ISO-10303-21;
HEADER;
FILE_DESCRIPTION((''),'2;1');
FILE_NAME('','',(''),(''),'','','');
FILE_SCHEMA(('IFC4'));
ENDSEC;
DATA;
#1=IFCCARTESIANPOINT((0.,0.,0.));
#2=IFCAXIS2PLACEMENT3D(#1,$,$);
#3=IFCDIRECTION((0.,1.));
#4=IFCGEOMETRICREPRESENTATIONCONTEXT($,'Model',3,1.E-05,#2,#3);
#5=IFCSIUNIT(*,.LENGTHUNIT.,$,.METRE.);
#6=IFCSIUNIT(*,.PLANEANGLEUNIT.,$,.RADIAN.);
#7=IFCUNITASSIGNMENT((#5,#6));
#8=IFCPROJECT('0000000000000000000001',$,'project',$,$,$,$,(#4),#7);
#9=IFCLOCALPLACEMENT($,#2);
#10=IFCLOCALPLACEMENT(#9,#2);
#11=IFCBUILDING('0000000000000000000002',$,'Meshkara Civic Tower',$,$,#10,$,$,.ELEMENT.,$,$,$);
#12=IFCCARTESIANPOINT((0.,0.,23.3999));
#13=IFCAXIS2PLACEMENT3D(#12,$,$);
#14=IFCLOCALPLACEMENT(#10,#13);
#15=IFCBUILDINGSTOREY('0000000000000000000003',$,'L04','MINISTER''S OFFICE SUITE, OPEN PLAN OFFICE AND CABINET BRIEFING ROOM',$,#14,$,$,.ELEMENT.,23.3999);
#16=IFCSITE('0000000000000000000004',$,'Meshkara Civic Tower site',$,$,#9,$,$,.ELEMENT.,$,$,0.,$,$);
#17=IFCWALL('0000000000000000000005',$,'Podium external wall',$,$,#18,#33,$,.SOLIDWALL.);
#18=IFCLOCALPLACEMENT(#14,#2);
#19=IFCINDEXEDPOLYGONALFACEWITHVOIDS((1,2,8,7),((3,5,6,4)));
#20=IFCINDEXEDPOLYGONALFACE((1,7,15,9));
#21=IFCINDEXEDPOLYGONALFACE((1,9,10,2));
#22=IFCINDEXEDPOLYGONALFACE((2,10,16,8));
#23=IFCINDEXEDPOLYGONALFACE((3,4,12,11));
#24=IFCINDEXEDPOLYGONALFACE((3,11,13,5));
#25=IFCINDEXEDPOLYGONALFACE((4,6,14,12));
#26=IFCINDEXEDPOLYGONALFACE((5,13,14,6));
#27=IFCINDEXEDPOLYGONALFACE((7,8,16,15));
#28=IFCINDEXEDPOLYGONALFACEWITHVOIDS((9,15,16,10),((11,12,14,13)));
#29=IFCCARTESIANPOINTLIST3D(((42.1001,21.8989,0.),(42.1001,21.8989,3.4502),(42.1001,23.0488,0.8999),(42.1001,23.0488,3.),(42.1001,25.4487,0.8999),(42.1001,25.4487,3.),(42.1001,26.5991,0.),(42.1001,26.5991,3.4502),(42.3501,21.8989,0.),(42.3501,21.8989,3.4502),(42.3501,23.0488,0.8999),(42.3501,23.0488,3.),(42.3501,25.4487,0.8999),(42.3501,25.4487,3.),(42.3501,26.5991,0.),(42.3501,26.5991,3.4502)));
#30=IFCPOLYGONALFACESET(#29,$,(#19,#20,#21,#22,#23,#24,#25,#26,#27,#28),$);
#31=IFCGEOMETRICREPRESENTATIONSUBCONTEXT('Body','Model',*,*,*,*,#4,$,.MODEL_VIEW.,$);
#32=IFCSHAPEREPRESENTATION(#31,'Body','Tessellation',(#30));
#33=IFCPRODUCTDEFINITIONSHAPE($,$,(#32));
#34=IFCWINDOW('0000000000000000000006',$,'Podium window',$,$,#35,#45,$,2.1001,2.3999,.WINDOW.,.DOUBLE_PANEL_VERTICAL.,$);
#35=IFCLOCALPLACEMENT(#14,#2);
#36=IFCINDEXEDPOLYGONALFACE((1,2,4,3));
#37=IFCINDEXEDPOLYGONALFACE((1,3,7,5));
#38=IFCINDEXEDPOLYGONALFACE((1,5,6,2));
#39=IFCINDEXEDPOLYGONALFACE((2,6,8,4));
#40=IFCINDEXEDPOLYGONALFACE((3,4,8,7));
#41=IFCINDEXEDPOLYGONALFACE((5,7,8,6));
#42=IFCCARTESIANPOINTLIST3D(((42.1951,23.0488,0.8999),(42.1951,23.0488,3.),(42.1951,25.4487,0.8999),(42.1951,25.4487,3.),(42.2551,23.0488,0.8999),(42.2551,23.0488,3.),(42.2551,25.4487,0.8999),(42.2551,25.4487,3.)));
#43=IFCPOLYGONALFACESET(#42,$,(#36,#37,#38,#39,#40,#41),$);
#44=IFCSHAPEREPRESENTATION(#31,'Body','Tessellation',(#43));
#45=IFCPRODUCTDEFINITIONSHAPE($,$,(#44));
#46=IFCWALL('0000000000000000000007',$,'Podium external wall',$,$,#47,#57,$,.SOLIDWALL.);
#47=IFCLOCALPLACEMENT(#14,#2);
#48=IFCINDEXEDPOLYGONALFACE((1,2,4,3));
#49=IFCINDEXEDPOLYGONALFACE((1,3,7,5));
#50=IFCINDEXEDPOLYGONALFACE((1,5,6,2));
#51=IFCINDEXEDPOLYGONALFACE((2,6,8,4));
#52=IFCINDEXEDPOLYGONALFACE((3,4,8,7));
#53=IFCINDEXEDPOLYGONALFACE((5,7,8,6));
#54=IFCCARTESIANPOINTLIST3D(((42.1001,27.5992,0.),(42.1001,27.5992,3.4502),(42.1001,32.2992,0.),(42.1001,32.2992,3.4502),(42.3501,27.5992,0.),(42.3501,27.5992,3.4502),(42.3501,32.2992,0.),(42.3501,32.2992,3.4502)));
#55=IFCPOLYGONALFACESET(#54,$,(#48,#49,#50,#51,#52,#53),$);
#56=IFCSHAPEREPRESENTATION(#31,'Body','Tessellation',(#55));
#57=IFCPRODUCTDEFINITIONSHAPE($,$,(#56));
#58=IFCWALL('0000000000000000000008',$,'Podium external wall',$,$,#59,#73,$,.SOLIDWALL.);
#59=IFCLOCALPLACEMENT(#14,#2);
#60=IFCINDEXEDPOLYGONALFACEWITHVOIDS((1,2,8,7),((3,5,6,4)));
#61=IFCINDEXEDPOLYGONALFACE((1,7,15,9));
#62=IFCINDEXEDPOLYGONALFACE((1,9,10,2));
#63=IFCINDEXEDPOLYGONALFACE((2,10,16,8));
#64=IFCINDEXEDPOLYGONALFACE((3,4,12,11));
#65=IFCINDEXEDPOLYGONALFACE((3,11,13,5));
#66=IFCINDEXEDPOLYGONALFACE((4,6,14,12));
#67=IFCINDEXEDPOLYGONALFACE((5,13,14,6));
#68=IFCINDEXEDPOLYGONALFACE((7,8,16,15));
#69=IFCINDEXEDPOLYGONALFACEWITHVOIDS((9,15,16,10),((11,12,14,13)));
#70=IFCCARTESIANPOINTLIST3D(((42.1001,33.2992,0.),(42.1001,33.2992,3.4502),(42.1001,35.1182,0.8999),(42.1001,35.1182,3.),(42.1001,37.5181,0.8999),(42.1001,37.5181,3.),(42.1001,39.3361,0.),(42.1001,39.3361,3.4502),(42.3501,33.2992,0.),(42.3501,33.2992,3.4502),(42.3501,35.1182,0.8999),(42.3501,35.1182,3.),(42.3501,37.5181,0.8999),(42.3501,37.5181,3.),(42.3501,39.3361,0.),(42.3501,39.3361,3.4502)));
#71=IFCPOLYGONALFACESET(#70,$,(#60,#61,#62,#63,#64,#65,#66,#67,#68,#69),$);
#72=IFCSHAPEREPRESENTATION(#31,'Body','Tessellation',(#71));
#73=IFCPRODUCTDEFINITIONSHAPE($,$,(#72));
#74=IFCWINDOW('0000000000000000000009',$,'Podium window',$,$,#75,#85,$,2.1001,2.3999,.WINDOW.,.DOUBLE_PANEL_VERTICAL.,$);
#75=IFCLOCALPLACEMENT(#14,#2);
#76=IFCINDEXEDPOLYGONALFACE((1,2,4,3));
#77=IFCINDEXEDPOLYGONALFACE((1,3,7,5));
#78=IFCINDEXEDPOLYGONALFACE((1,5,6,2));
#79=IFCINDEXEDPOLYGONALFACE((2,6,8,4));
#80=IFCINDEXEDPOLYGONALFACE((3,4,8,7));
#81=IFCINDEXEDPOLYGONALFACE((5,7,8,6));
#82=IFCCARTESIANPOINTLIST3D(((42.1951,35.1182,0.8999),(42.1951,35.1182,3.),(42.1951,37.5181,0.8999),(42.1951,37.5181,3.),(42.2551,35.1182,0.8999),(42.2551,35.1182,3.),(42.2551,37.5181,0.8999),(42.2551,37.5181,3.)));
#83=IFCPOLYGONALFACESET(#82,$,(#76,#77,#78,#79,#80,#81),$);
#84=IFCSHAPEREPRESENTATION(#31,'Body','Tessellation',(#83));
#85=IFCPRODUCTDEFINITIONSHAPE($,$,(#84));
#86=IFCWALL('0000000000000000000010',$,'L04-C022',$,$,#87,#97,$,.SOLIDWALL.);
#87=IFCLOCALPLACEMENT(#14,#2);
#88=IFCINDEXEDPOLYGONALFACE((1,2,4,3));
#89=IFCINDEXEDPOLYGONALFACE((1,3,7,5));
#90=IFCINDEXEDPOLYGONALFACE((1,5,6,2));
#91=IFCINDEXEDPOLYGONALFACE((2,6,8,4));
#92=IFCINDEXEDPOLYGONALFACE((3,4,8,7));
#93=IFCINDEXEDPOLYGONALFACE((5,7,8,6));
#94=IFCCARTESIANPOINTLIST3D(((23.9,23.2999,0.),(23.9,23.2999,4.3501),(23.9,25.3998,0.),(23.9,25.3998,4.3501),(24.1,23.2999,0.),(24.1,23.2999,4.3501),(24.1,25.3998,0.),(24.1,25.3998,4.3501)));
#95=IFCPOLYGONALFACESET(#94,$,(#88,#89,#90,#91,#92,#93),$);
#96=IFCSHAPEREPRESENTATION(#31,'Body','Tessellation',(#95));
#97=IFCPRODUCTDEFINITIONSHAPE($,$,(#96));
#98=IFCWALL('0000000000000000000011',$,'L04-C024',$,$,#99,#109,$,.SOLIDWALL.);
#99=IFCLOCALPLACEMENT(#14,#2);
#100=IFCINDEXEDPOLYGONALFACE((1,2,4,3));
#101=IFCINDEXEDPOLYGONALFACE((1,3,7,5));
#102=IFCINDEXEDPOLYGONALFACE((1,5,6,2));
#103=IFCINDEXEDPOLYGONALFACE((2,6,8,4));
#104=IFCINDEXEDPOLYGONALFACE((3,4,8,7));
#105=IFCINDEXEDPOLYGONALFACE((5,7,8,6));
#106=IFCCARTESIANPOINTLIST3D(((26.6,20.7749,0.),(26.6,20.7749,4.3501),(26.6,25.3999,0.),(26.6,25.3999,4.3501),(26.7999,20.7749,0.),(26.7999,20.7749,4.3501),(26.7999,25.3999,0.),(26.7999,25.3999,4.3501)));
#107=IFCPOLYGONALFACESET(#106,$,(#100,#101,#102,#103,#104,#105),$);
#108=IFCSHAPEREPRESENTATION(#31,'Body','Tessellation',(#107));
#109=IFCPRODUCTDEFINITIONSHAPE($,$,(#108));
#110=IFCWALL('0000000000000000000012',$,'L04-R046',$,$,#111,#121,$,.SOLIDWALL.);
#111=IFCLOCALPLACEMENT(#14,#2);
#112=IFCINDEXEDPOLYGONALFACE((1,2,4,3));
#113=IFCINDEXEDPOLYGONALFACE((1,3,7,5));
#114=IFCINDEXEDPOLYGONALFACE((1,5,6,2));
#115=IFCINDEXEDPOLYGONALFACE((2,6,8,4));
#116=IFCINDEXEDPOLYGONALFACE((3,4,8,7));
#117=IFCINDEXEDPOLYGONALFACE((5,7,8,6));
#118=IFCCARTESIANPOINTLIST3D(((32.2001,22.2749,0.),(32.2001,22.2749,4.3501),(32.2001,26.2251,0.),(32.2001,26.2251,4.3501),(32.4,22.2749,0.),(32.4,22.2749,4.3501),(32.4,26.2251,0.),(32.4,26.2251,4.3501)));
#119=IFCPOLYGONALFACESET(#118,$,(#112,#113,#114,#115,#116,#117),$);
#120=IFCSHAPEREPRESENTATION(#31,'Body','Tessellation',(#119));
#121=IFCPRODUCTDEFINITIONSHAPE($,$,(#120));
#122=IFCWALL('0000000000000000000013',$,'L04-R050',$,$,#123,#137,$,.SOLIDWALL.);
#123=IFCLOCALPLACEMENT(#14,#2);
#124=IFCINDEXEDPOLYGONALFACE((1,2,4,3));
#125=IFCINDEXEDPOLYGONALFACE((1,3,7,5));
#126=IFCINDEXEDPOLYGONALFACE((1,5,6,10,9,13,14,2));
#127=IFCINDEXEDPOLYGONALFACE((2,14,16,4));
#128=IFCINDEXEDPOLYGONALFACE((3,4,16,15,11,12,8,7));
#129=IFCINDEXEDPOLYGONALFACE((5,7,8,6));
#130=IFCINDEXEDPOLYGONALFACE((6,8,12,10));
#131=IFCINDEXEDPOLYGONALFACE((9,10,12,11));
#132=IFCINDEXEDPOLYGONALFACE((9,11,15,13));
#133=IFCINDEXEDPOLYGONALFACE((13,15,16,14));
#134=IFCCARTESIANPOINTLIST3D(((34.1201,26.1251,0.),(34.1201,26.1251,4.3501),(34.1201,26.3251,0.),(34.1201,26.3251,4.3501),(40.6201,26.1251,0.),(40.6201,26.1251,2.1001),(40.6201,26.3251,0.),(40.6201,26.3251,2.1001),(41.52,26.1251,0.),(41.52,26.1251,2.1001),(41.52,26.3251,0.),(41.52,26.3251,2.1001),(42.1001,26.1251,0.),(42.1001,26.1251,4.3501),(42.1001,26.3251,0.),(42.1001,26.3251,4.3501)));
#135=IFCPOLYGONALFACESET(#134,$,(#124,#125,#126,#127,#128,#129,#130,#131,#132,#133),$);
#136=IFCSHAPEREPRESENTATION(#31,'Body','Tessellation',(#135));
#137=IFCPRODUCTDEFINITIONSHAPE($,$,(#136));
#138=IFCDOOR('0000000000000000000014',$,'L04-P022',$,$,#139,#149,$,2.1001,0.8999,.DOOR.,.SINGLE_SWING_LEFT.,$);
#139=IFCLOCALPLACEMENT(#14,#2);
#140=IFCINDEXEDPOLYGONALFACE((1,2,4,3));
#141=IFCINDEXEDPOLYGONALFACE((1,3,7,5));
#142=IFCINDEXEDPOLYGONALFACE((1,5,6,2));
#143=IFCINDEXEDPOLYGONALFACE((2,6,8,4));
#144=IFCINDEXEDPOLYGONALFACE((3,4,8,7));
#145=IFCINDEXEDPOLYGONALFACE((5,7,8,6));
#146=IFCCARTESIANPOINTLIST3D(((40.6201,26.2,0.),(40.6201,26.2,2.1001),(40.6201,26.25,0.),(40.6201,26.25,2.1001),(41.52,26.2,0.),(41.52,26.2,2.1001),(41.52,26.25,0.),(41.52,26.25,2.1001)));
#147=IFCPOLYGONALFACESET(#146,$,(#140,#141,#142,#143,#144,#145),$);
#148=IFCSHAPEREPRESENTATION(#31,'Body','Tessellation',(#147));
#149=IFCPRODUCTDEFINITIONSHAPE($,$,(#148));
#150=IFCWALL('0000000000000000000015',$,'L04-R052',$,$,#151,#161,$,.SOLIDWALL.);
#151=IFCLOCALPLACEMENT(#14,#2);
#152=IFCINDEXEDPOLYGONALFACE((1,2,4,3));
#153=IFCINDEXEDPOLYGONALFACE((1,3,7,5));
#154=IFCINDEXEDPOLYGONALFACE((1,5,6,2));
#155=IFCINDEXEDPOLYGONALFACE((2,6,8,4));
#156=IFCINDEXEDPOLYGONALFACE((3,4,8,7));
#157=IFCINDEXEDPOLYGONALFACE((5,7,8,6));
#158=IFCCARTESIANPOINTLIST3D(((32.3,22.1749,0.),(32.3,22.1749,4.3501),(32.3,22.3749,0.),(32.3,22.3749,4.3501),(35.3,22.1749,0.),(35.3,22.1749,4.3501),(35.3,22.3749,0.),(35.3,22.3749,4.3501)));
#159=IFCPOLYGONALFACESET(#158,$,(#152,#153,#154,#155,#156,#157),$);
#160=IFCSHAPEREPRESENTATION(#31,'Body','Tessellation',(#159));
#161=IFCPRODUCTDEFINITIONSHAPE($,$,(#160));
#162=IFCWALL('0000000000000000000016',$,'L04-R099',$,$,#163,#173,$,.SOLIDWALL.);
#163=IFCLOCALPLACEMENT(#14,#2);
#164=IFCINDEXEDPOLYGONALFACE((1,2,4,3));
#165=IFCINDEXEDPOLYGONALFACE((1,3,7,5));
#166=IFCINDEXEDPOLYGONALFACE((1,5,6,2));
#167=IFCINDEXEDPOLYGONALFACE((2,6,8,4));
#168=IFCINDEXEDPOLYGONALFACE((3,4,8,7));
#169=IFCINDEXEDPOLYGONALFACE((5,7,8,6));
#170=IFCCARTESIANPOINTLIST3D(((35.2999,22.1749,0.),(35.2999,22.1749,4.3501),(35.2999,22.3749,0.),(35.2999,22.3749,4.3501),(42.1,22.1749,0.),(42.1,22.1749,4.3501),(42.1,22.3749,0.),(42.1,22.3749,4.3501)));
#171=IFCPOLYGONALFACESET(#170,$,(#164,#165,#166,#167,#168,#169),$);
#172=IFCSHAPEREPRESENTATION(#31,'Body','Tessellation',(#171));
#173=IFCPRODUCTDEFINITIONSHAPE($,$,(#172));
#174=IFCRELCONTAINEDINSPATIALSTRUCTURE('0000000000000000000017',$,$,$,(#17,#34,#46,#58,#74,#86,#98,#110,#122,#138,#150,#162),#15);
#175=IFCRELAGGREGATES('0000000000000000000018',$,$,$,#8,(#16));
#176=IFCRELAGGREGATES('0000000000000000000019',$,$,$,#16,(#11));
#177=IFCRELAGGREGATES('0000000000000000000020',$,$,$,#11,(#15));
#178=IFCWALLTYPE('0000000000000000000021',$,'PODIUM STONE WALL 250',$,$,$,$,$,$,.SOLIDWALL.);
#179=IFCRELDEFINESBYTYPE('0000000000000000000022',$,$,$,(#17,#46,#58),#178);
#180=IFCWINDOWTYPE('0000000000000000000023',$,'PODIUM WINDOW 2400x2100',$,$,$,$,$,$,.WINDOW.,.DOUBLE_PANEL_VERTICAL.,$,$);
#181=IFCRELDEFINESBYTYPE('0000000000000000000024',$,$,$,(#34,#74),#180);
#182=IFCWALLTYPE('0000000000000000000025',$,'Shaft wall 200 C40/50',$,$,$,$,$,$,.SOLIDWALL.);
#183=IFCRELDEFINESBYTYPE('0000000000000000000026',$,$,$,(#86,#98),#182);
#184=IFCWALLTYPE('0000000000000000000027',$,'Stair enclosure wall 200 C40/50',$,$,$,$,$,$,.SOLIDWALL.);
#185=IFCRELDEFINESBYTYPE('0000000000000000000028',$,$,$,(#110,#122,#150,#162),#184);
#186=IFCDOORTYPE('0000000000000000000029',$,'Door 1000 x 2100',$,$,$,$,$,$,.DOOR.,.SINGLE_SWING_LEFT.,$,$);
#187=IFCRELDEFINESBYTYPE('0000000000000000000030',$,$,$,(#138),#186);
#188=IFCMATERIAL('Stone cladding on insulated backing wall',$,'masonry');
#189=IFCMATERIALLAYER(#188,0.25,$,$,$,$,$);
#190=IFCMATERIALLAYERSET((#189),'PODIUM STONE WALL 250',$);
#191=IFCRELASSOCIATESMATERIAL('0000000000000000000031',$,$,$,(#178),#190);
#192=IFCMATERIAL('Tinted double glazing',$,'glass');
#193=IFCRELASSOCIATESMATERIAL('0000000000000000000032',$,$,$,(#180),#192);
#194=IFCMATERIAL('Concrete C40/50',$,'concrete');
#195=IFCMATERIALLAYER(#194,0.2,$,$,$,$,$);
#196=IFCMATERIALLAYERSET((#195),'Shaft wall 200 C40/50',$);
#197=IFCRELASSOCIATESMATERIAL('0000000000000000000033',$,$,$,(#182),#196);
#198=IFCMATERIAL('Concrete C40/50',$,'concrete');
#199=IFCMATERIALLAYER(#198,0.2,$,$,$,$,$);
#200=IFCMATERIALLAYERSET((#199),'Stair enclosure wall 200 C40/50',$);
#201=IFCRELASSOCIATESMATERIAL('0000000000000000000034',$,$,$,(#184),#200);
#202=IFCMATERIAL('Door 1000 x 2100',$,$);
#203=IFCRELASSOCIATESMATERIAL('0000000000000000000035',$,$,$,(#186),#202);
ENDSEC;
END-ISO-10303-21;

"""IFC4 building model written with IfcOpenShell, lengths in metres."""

from ifc_helpers import new_model, si_unit, direction, frame, frame_2d, origin, place, context, subcontext, project, spatial, rectangle, extrude, material, layer, layer_set, type_object, element, fill, save


model = new_model("IFC4")

# Units and contexts
model_context = context("Model", 3, precision=1e-05, world=origin(), true_north=direction((0.0, 1.0)))
body_context = subcontext(model_context, "Body", "Model", "MODEL_VIEW")
ifc_project = project(units=[si_unit("LENGTHUNIT", "METRE"), si_unit("PLANEANGLEUNIT", "RADIAN")], contexts=[model_context])

# Site, building, storey
site_placement = place(None, origin())
site = spatial("IfcSite", under=ifc_project, at=site_placement, Name="Meshkara Civic Tower site", CompositionType="ELEMENT", RefElevation=0.0)
building_placement = place(site_placement, origin())
building = spatial("IfcBuilding", under=site, at=building_placement, Name="Meshkara Civic Tower", CompositionType="ELEMENT")
storey_placement = place(building_placement, frame((0.0, 0.0, 23.3999)))
storey = spatial("IfcBuildingStorey", under=building, at=storey_placement, Name="L04", Description="MINISTER'S OFFICE SUITE, OPEN PLAN OFFICE AND CABINET BRIEFING ROOM", CompositionType="ELEMENT", Elevation=23.3999)

# Shared definitions
ifc_material_1 = material(Name="Stone cladding on insulated backing wall", Category="masonry")
ifc_layer_1 = layer(ifc_material_1, 0.25)
ifc_layer_set_1 = layer_set([ifc_layer_1], Name="PODIUM STONE WALL 250")
wall_type_1 = type_object("IfcWallType", Name="PODIUM STONE WALL 250", PredefinedType="SOLIDWALL", material=ifc_layer_set_1)

# Wall, opening, window
ifc_material_2 = material(Name="Tinted double glazing", Category="glass")
window_type = type_object("IfcWindowType", Name="PODIUM WINDOW 2400x2100", PartitioningType="DOUBLE_PANEL_VERTICAL", PredefinedType="WINDOW", material=ifc_material_2)
wall_1_placement = place(storey_placement, frame((42.2251, 21.8989, 0.0), z_axis=(0.0, 0.0, 1.0), x_axis=(0.0, 1.0, 0.0)))
wall_1 = element("IfcWall", 1, at=wall_1_placement, inside=storey, type_object=wall_type_1, Name="Podium external wall", PredefinedType="SOLIDWALL", context=body_context, shape_type="SweptSolid", body=[
    extrude(rectangle(XDim=4.7002, YDim=0.25, at=frame_2d((2.3501, 0.0))), origin(), (0.0, 0.0, 1.0), 3.4502),
])
opening_1_placement = place(wall_1_placement, frame((1.1499, 0.0, 0.8999)))
opening_1 = element("IfcOpeningElement", 2, at=opening_1_placement, cuts=wall_1, PredefinedType="OPENING", context=body_context, shape_type="SweptSolid", body=[
    extrude(rectangle(XDim=2.3999, YDim=2.1001, at=frame_2d((1.2, 1.05))), frame((0.0, 0.135, 0.0), z_axis=(0.0, -1.0, 0.0), x_axis=(1.0, 0.0, 0.0)), (0.0, 0.0, 1.0), 0.27),
])
window_1_placement = place(opening_1_placement, origin())
window_1 = element("IfcWindow", 3, at=window_1_placement, inside=storey, type_object=window_type, Name="Podium window", OverallHeight=2.1001, OverallWidth=2.3999, PartitioningType="DOUBLE_PANEL_VERTICAL", PredefinedType="WINDOW", context=body_context, shape_type="SweptSolid", body=[
    extrude(rectangle(XDim=2.3999, YDim=2.1001, at=frame_2d((1.2, 1.05))), frame((0.0, 0.03, 0.0), z_axis=(0.0, -1.0, 0.0), x_axis=(1.0, 0.0, 0.0)), (0.0, 0.0, 1.0), 0.0601),
])
fill(opening_1, window_1)

# Wall
wall_2_placement = place(storey_placement, frame((42.2251, 27.5991, 0.0), z_axis=(0.0, 0.0, 1.0), x_axis=(0.0, 1.0, 0.0)))
element("IfcWall", 4, at=wall_2_placement, inside=storey, type_object=wall_type_1, Name="Podium external wall", PredefinedType="SOLIDWALL", context=body_context, shape_type="SweptSolid", body=[
    extrude(rectangle(XDim=4.7, YDim=0.25, at=frame_2d((2.3501, 0.0))), origin(), (0.0, 0.0, 1.0), 3.4502),
])

# Wall, opening, window
wall_3_placement = place(storey_placement, frame((42.2251, 33.2991, 0.0), z_axis=(0.0, 0.0, 1.0), x_axis=(0.0, 1.0, 0.0)))
wall_3 = element("IfcWall", 5, at=wall_3_placement, inside=storey, type_object=wall_type_1, Name="Podium external wall", PredefinedType="SOLIDWALL", context=body_context, shape_type="SweptSolid", body=[
    extrude(rectangle(XDim=6.0369, YDim=0.25, at=frame_2d((3.0186, 0.0))), origin(), (0.0, 0.0, 1.0), 3.4502),
])
opening_2_placement = place(wall_3_placement, frame((1.8191, 0.0, 0.8999)))
opening_2 = element("IfcOpeningElement", 6, at=opening_2_placement, cuts=wall_3, PredefinedType="OPENING", context=body_context, shape_type="SweptSolid", body=[
    extrude(rectangle(XDim=2.3999, YDim=2.1001, at=frame_2d((1.2, 1.05))), frame((0.0, 0.135, 0.0), z_axis=(0.0, -1.0, 0.0), x_axis=(1.0, 0.0, 0.0)), (0.0, 0.0, 1.0), 0.27),
])
window_2_placement = place(opening_2_placement, origin())
window_2 = element("IfcWindow", 7, at=window_2_placement, inside=storey, type_object=window_type, Name="Podium window", OverallHeight=2.1001, OverallWidth=2.3999, PartitioningType="DOUBLE_PANEL_VERTICAL", PredefinedType="WINDOW", context=body_context, shape_type="SweptSolid", body=[
    extrude(rectangle(XDim=2.3999, YDim=2.1001, at=frame_2d((1.2, 1.05))), frame((0.0, 0.03, 0.0), z_axis=(0.0, -1.0, 0.0), x_axis=(1.0, 0.0, 0.0)), (0.0, 0.0, 1.0), 0.0601),
])
fill(opening_2, window_2)

# Walls
ifc_material_3 = material(Name="Concrete C40/50", Category="concrete")
ifc_layer_2 = layer(ifc_material_3, 0.2)
ifc_layer_set_2 = layer_set([ifc_layer_2], Name="Shaft wall 200 C40/50")
wall_type_2 = type_object("IfcWallType", Name="Shaft wall 200 C40/50", PredefinedType="SOLIDWALL", material=ifc_layer_set_2)
wall_4_placement = place(storey_placement, frame((24.0, 23.3, 0.0), z_axis=(0.0, 0.0, 1.0), x_axis=(0.0, 1.0, 0.0)))
element("IfcWall", 8, at=wall_4_placement, inside=storey, type_object=wall_type_2, Name="L04-C022", PredefinedType="SOLIDWALL", context=body_context, shape_type="SweptSolid", body=[
    extrude(rectangle(XDim=2.0999, YDim=0.2, at=frame_2d((1.0498, 0.0))), origin(), (0.0, 0.0, 1.0), 4.3501),
])
wall_5_placement = place(storey_placement, frame((26.7, 20.7749, 0.0), z_axis=(0.0, 0.0, 1.0), x_axis=(0.0, 1.0, 0.0)))
element("IfcWall", 9, at=wall_5_placement, inside=storey, type_object=wall_type_2, Name="L04-C024", PredefinedType="SOLIDWALL", context=body_context, shape_type="SweptSolid", body=[
    extrude(rectangle(XDim=4.625, YDim=0.2, at=frame_2d((2.3125, 0.0))), origin(), (0.0, 0.0, 1.0), 4.3501),
])
ifc_material_4 = material(Name="Concrete C40/50", Category="concrete")
ifc_layer_3 = layer(ifc_material_4, 0.2)
ifc_layer_set_3 = layer_set([ifc_layer_3], Name="Stair enclosure wall 200 C40/50")
wall_type_3 = type_object("IfcWallType", Name="Stair enclosure wall 200 C40/50", PredefinedType="SOLIDWALL", material=ifc_layer_set_3)
wall_6_placement = place(storey_placement, frame((32.3, 22.2749, 0.0), z_axis=(0.0, 0.0, 1.0), x_axis=(0.0, 1.0, 0.0)))
element("IfcWall", 10, at=wall_6_placement, inside=storey, type_object=wall_type_3, Name="L04-R046", PredefinedType="SOLIDWALL", context=body_context, shape_type="SweptSolid", body=[
    extrude(rectangle(XDim=3.9502, YDim=0.2, at=frame_2d((1.9751, 0.0))), origin(), (0.0, 0.0, 1.0), 4.3501),
])

# Wall, opening, door
wall_7_placement = place(storey_placement, frame((34.1201, 26.2251, 0.0), z_axis=(0.0, 0.0, 1.0), x_axis=(1.0, 0.0, 0.0)))
wall_7 = element("IfcWall", 11, at=wall_7_placement, inside=storey, type_object=wall_type_3, Name="L04-R050", PredefinedType="SOLIDWALL", context=body_context, shape_type="SweptSolid", body=[
    extrude(rectangle(XDim=7.98, YDim=0.2, at=frame_2d((3.99, 0.0))), origin(), (0.0, 0.0, 1.0), 4.3501),
])
opening_3_placement = place(wall_7_placement, frame((6.5, 0.0, 0.0)))
opening_3 = element("IfcOpeningElement", 12, at=opening_3_placement, cuts=wall_7, PredefinedType="OPENING", context=body_context, shape_type="SweptSolid", body=[
    extrude(rectangle(XDim=0.8999, YDim=2.1001, at=frame_2d((0.45, 1.05))), frame((0.0, 0.1099, 0.0), z_axis=(0.0, -1.0, 0.0), x_axis=(1.0, 0.0, 0.0)), (0.0, 0.0, 1.0), 0.22),
])
ifc_material_5 = material(Name="Door 1000 x 2100")
door_type = type_object("IfcDoorType", Name="Door 1000 x 2100", OperationType="SINGLE_SWING_LEFT", PredefinedType="DOOR", material=ifc_material_5)
door_placement = place(opening_3_placement, origin())
door = element("IfcDoor", 13, at=door_placement, inside=storey, type_object=door_type, Name="L04-P022", OperationType="SINGLE_SWING_LEFT", OverallHeight=2.1001, OverallWidth=0.8999, PredefinedType="DOOR", context=body_context, shape_type="SweptSolid", body=[
    extrude(rectangle(XDim=0.8999, YDim=2.1001, at=frame_2d((0.45, 1.05))), frame((0.0, 0.0249, 0.0), z_axis=(0.0, -1.0, 0.0), x_axis=(1.0, 0.0, 0.0)), (0.0, 0.0, 1.0), 0.05),
])
fill(opening_3, door)

# Walls
wall_8_placement = place(storey_placement, frame((35.3, 22.2749, 0.0), z_axis=(0.0, 0.0, 1.0), x_axis=(-1.0, 0.0, 0.0)))
element("IfcWall", 14, at=wall_8_placement, inside=storey, type_object=wall_type_3, Name="L04-R052", PredefinedType="SOLIDWALL", context=body_context, shape_type="SweptSolid", body=[
    extrude(rectangle(XDim=3.0, YDim=0.2, at=frame_2d((1.5, 0.0))), origin(), (0.0, 0.0, 1.0), 4.3501),
])
wall_9_placement = place(storey_placement, frame((35.3, 22.2749, 0.0), z_axis=(0.0, 0.0, 1.0), x_axis=(1.0, 0.0, 0.0)))
element("IfcWall", 15, at=wall_9_placement, inside=storey, type_object=wall_type_3, Name="L04-R099", PredefinedType="SOLIDWALL", context=body_context, shape_type="SweptSolid", body=[
    extrude(rectangle(XDim=6.8, YDim=0.2, at=frame_2d((3.3999, 0.0))), origin(), (0.0, 0.0, 1.0), 4.3501),
])

save(model, "model.ifc")
